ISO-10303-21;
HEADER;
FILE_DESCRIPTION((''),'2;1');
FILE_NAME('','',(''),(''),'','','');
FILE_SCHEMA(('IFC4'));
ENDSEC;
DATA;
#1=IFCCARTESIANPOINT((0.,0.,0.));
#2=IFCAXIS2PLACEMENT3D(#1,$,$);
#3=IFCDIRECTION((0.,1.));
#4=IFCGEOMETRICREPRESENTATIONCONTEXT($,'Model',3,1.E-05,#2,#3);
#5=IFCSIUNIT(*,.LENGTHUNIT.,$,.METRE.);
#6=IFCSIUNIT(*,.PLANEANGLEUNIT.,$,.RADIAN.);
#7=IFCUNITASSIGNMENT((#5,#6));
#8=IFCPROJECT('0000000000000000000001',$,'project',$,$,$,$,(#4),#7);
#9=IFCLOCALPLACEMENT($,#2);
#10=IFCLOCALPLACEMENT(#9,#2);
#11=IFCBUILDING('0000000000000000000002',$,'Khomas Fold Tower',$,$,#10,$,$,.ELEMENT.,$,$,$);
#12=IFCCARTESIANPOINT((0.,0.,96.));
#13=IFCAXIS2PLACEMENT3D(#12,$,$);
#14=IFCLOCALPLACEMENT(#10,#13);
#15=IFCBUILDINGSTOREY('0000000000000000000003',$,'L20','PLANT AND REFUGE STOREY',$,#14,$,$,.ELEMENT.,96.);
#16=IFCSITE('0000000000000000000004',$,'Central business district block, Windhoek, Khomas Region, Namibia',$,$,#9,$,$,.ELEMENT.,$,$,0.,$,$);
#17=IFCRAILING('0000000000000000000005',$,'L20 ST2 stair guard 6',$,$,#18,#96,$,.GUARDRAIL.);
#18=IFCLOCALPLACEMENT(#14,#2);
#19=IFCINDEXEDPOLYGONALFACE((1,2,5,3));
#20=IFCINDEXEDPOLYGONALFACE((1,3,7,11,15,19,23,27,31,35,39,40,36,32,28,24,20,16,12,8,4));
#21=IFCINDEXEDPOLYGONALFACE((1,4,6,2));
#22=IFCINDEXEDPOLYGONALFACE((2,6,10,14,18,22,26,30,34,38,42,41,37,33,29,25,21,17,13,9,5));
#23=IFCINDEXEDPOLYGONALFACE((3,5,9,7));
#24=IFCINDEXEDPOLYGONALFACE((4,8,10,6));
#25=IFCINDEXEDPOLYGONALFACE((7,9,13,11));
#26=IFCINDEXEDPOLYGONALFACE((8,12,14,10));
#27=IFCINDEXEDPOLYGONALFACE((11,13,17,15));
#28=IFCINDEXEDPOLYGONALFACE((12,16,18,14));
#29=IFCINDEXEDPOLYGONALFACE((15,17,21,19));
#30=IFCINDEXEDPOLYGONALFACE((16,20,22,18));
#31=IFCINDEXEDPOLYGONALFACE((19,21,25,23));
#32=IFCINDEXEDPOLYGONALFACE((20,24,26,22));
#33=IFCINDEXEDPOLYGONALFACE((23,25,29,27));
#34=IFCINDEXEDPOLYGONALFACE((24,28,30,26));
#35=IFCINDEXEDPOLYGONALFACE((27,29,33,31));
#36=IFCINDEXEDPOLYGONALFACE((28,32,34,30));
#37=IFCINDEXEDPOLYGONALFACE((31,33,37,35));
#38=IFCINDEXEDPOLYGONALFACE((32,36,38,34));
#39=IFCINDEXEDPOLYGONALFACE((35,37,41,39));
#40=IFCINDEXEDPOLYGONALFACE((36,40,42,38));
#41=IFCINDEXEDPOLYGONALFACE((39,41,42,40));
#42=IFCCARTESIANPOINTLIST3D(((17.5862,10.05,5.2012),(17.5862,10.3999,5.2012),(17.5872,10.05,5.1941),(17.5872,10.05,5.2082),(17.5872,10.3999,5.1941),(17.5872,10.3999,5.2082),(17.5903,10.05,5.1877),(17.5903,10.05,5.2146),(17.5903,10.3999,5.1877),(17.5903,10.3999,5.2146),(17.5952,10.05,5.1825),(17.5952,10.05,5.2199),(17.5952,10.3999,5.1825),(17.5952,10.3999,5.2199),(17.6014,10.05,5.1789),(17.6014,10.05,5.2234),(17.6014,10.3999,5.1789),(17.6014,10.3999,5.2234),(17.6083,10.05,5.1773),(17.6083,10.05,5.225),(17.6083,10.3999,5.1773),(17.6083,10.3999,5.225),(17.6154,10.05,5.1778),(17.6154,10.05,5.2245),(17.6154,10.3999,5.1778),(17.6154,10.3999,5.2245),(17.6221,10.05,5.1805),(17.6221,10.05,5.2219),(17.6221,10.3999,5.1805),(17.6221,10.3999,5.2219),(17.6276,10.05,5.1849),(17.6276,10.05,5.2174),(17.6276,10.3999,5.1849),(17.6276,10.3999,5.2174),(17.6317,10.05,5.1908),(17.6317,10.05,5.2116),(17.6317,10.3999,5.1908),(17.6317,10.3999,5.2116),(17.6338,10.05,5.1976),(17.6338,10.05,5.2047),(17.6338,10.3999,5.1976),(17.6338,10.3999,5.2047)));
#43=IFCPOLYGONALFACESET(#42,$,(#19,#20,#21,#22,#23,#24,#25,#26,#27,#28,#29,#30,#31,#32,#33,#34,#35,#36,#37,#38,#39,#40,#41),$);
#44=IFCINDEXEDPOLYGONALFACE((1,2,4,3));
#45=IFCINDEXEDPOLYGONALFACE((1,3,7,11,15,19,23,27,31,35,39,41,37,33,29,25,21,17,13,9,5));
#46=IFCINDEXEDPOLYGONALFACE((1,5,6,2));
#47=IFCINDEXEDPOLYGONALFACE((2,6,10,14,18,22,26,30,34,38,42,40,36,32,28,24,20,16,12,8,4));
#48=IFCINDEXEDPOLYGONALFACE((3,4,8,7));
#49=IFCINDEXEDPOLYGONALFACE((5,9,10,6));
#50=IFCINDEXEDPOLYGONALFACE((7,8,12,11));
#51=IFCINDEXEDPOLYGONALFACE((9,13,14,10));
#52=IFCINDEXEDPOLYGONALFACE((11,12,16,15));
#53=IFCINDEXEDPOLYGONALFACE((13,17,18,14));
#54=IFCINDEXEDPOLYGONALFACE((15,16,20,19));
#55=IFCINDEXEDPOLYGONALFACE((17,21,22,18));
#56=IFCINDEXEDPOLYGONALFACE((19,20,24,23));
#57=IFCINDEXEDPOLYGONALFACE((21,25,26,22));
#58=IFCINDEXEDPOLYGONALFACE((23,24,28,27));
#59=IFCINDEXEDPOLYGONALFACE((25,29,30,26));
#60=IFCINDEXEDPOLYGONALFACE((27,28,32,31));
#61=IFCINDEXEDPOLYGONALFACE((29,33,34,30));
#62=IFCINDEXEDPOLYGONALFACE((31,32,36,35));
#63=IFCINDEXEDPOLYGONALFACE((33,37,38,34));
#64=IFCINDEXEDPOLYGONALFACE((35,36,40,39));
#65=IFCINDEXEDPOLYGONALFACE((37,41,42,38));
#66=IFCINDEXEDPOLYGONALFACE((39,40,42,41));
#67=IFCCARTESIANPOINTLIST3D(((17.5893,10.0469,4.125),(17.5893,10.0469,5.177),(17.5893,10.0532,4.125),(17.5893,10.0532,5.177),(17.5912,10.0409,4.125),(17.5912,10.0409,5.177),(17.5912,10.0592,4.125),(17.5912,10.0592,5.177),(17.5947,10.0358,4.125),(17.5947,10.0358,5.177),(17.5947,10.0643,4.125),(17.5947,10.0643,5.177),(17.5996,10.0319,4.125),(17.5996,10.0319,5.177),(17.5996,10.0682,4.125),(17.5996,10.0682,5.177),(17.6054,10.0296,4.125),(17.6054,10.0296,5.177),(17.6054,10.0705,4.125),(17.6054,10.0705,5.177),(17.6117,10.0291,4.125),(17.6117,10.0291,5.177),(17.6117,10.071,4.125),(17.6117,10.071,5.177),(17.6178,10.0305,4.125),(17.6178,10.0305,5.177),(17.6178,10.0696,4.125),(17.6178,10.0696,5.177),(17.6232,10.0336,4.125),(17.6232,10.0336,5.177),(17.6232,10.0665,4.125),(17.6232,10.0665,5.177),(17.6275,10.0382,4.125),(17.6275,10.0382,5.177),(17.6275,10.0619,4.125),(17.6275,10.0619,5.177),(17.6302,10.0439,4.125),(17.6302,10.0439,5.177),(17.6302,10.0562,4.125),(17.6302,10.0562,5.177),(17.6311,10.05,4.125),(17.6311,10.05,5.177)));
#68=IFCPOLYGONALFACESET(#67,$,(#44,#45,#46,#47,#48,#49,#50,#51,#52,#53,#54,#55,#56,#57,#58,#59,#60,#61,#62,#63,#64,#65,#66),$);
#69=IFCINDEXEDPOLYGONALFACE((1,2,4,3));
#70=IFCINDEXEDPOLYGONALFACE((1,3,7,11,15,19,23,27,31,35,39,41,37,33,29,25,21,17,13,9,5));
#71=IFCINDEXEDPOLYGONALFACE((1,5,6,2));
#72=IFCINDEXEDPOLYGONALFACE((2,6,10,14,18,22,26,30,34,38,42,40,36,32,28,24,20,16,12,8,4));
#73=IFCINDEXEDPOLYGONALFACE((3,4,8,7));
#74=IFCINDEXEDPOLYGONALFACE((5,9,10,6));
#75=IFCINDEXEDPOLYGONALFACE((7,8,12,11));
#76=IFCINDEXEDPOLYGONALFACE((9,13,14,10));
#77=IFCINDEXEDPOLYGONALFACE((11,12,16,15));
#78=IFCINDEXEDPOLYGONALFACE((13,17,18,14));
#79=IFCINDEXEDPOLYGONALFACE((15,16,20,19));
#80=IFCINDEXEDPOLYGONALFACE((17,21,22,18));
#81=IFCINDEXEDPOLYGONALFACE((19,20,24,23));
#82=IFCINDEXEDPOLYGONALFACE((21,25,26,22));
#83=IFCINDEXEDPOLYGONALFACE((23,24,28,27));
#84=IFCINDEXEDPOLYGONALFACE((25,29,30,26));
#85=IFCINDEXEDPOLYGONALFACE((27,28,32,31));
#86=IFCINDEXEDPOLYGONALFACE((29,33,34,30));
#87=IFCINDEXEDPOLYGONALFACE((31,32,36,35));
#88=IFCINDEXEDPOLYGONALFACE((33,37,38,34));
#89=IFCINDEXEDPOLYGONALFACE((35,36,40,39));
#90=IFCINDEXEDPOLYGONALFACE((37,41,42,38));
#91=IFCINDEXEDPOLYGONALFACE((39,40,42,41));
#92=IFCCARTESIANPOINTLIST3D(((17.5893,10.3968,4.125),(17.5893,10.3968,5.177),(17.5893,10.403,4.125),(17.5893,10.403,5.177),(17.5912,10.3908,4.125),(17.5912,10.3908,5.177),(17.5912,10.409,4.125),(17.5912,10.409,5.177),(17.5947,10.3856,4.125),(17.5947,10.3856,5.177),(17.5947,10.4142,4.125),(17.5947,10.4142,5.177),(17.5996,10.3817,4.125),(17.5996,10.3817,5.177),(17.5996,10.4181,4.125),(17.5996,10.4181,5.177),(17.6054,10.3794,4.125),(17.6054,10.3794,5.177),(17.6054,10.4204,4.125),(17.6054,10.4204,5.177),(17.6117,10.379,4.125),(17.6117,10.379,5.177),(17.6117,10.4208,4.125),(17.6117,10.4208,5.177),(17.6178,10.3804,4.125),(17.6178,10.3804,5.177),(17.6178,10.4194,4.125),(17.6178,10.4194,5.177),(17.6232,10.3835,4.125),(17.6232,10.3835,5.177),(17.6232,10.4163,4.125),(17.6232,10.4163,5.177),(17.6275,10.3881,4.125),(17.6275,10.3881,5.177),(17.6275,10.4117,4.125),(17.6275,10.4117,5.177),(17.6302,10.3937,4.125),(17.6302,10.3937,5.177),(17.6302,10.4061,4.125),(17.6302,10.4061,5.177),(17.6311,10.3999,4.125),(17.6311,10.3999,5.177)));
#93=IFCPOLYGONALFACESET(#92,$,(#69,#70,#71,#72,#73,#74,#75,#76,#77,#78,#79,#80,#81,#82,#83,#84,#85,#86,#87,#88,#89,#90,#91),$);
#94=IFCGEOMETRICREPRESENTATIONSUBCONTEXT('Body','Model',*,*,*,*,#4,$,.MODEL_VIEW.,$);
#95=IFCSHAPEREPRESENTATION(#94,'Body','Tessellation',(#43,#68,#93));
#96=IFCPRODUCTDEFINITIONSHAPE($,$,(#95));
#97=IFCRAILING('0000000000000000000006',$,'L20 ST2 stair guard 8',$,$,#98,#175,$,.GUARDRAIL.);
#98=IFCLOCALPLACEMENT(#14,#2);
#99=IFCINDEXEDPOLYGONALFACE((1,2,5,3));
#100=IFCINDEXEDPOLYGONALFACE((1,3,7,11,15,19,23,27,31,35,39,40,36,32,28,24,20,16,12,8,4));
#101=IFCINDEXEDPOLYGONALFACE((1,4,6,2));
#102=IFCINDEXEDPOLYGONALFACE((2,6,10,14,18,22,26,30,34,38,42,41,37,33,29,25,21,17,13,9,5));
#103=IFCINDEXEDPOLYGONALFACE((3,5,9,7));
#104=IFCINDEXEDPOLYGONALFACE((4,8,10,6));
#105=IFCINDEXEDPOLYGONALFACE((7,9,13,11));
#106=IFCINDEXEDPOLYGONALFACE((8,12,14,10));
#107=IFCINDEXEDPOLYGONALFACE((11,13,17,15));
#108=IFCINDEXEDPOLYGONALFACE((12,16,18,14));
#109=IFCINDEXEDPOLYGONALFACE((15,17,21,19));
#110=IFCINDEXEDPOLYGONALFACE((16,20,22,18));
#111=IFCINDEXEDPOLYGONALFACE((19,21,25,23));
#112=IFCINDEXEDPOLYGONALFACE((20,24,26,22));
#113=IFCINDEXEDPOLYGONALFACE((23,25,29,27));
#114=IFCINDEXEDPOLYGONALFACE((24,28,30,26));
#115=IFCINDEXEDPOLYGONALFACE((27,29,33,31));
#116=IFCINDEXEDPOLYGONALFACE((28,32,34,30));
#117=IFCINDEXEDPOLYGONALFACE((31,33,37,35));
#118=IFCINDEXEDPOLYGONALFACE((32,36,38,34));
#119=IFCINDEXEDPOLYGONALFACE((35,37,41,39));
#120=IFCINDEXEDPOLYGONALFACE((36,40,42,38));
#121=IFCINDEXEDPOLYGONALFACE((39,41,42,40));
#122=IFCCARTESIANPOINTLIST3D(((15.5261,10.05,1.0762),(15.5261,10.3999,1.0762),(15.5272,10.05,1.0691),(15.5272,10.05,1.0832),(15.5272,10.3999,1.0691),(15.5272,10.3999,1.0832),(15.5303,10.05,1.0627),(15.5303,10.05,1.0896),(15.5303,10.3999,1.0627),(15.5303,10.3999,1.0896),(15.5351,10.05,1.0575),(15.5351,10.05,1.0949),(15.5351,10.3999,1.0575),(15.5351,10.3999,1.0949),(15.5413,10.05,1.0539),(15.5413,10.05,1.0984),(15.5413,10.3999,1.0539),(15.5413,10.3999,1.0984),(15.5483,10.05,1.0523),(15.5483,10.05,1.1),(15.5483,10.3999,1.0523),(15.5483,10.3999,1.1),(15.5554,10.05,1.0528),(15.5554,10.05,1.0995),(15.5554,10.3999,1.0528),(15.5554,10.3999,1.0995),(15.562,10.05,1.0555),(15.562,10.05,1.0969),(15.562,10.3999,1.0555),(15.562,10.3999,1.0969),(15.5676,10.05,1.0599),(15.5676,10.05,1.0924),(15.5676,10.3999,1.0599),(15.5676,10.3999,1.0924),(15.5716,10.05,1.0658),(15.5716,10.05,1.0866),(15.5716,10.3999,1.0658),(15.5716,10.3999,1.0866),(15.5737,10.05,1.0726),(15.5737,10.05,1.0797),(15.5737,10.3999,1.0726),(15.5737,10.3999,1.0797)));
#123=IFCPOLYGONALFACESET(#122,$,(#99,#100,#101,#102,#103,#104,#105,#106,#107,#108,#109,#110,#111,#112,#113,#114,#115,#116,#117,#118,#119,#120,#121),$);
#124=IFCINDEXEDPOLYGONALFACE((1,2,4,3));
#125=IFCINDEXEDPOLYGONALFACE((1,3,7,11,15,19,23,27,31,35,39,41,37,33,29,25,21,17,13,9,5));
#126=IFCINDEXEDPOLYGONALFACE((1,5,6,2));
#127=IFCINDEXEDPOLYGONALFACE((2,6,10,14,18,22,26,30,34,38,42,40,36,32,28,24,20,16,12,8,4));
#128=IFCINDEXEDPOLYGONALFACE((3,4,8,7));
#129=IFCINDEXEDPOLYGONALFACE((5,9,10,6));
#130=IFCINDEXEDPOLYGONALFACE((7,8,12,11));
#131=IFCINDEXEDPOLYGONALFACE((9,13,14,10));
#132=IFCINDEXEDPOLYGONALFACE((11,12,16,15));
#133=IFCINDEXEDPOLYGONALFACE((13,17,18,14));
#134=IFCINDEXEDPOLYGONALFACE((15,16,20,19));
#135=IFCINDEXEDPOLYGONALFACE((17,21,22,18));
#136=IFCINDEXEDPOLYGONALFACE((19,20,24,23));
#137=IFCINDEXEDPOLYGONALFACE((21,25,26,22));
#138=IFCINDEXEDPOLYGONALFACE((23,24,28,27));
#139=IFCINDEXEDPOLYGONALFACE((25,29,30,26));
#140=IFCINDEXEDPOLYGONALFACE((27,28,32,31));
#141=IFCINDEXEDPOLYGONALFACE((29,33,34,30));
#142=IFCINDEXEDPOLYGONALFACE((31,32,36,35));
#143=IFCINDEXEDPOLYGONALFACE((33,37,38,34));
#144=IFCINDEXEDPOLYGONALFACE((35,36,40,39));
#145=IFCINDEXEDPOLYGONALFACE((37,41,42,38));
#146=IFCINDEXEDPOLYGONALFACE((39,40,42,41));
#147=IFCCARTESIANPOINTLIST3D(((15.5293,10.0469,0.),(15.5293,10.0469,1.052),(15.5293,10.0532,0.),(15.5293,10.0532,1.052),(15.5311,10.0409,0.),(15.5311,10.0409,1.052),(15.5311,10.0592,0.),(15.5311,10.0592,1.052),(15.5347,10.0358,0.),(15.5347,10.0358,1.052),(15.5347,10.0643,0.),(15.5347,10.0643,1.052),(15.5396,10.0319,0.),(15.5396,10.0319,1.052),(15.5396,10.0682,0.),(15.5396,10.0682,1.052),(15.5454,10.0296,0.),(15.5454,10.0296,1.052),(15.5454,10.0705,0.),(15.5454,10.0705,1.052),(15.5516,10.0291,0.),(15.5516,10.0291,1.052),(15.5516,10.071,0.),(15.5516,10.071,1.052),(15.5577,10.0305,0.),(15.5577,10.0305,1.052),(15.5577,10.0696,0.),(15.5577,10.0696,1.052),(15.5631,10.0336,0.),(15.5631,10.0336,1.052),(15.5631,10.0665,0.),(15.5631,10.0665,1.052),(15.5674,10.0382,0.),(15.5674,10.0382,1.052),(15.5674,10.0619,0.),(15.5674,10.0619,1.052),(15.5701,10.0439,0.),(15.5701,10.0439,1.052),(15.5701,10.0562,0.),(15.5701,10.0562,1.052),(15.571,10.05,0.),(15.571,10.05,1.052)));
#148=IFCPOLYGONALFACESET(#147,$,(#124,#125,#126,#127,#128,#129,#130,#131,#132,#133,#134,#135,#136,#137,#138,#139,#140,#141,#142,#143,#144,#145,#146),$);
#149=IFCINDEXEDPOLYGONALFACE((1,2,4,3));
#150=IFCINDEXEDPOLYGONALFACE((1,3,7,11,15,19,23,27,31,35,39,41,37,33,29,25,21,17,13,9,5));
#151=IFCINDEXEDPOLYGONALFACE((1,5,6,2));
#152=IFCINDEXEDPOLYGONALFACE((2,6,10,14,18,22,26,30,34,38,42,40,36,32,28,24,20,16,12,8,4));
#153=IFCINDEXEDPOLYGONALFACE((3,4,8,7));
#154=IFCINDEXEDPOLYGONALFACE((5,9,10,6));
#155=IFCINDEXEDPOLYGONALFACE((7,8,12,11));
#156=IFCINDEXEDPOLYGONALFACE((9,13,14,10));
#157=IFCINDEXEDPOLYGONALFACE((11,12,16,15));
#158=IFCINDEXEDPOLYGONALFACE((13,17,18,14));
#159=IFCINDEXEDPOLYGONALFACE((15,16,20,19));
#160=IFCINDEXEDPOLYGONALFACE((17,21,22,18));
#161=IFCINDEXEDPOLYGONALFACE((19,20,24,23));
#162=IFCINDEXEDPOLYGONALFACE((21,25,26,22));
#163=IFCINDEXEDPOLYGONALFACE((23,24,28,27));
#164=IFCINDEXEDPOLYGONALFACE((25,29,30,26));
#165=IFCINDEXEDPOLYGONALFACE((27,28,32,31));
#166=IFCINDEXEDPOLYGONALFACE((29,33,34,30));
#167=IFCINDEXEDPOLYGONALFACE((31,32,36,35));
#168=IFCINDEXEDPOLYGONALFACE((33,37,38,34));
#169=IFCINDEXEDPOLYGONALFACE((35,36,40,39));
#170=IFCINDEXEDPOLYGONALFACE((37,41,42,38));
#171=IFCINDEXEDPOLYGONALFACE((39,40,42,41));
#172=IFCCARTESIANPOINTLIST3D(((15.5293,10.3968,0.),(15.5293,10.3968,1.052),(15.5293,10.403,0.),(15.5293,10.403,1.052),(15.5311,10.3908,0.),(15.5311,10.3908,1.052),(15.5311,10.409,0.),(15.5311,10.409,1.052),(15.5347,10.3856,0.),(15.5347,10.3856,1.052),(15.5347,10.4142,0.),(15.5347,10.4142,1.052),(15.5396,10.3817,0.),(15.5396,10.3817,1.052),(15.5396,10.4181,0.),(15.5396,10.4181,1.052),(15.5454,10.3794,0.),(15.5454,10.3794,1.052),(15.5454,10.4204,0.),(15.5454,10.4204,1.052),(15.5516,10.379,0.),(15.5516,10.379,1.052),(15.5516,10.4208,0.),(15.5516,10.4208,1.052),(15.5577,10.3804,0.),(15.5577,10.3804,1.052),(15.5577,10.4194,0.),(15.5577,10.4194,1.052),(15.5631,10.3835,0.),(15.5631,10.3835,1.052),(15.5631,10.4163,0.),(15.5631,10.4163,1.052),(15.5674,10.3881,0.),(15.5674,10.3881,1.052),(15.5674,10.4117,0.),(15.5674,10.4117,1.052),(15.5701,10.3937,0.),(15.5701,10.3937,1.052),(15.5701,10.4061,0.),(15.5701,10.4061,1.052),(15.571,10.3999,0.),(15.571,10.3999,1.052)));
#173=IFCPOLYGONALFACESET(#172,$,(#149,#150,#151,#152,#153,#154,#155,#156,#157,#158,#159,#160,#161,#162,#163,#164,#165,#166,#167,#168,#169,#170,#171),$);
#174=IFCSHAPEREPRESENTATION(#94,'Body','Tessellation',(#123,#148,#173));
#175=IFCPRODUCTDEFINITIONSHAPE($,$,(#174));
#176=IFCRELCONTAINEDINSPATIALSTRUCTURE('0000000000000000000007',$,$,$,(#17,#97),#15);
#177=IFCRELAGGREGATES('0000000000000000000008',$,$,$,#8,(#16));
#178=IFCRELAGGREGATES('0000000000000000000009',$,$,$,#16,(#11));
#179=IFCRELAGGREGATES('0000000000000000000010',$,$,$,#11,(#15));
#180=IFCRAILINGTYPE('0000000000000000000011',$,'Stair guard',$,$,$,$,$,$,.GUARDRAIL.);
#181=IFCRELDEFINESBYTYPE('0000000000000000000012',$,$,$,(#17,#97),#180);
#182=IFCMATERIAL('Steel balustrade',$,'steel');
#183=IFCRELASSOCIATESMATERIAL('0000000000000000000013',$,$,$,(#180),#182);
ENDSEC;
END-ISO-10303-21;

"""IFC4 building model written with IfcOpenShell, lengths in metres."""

from ifc_helpers import new_model, si_unit, direction, frame, origin, origin_2d, place, context, subcontext, project, spatial, circle, extrude, source, transform, mapped, material, type_object, element, save


model = new_model("IFC4")

# Units and contexts
model_context = context("Model", 3, precision=1e-05, world=origin(), true_north=direction((0.0, 1.0)))
body_context = subcontext(model_context, "Body", "Model", "MODEL_VIEW")
ifc_project = project(units=[si_unit("LENGTHUNIT", "METRE"), si_unit("PLANEANGLEUNIT", "RADIAN")], contexts=[model_context])

# Site, building, storey
site_placement = place(None, origin())
site = spatial("IfcSite", under=ifc_project, at=site_placement, Name="Central business district block, Windhoek, Khomas Region, Namibia", CompositionType="ELEMENT", RefElevation=0.0)
building_placement = place(site_placement, origin())
building = spatial("IfcBuilding", under=site, at=building_placement, Name="Khomas Fold Tower", CompositionType="ELEMENT")
storey_placement = place(building_placement, frame((0.0, 0.0, 96.0)))
storey = spatial("IfcBuildingStorey", under=building, at=storey_placement, Name="L20", Description="PLANT AND REFUGE STOREY", CompositionType="ELEMENT", Elevation=96.0)

# Railings
ifc_material_1 = material(Name="Steel balustrade", Category="steel")
railing_type_1 = type_object("IfcRailingType", Name="Stair guard", PredefinedType="GUARDRAIL", material=ifc_material_1)
shared_shape_1 = source(origin(), body_context, "Body", "SweptSolid", [
    extrude(circle(Radius=0.0239, at=origin_2d()), frame((0.0, 0.0, 1.0762), z_axis=(0.0, 1.0, 0.0), x_axis=(-1.0, 0.0, 0.0)), (0.0, 0.0, 1.0), 0.3499),
    extrude(circle(Radius=0.021, at=origin_2d()), origin(), (0.0, 0.0, 1.0), 1.052),
    extrude(circle(Radius=0.021, at=origin_2d()), frame((0.0, 0.3499, 0.0)), (0.0, 0.0, 1.0), 1.052),
])
for number, where, name in (
    (1, (17.6101, 10.05, 4.125), "L20 ST2 stair guard 6"),
    (2, (15.55, 10.05, 0.0), "L20 ST2 stair guard 8"),
):
    element("IfcRailing", number, at=place(storey_placement, frame(where)), inside=storey, type_object=railing_type_1, Name=name, PredefinedType="GUARDRAIL", context=body_context, shape_type="MappedRepresentation", body=[
        mapped(shared_shape_1, transform((0.0, 0.0, 0.0))),
    ])

save(model, "model.ifc")
